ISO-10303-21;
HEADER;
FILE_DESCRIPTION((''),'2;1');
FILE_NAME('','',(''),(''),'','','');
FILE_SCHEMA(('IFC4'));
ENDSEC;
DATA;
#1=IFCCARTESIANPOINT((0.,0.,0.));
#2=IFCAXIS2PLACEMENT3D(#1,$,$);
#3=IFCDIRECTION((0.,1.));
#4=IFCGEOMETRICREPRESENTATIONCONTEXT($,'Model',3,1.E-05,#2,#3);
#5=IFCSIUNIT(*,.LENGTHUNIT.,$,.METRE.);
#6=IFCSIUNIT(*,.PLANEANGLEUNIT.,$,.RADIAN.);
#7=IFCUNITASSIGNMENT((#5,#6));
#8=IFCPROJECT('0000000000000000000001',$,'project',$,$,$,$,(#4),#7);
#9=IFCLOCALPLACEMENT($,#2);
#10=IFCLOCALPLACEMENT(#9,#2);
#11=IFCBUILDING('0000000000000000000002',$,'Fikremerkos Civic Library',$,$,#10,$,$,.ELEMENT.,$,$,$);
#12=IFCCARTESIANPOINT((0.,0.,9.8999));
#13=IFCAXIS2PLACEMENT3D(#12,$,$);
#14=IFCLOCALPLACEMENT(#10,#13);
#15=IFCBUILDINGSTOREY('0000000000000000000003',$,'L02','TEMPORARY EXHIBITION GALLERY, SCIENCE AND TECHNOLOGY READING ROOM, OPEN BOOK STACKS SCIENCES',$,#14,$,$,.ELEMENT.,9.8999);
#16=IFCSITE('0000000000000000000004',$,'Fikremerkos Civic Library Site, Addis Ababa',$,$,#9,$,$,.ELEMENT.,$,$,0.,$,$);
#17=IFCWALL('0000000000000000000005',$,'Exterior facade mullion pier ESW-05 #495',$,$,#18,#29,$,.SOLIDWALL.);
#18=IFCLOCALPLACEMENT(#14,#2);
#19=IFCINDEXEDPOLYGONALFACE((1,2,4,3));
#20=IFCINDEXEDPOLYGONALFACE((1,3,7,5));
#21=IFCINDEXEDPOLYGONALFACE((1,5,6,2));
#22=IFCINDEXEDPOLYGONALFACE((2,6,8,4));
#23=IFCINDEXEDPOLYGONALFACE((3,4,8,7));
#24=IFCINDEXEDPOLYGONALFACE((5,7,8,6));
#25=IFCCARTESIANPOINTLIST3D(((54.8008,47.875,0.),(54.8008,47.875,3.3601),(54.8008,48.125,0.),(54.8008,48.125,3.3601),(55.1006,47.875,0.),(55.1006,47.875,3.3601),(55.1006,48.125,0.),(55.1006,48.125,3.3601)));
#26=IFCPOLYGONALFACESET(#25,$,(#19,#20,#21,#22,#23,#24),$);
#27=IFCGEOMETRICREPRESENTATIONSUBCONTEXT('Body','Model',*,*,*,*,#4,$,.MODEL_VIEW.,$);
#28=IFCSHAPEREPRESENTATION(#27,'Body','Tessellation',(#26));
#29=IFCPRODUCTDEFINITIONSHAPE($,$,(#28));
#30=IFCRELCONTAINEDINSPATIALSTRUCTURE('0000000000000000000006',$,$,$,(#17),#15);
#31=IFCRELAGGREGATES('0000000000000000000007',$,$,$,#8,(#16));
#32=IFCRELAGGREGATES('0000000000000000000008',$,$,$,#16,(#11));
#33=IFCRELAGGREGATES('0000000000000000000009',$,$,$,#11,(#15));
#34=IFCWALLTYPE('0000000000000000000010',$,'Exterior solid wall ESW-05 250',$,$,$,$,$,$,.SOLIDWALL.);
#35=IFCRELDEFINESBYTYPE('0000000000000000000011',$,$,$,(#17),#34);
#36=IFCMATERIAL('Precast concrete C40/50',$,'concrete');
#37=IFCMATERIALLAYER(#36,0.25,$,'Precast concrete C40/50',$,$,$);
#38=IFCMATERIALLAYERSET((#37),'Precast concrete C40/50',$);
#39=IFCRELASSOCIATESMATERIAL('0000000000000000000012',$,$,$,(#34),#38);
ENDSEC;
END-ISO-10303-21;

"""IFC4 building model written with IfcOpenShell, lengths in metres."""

from ifc_helpers import new_model, si_unit, direction, frame, frame_2d, origin, place, context, subcontext, project, spatial, rectangle, extrude, material, layer, layer_set, type_object, element, save


model = new_model("IFC4")

# Units and contexts
model_context = context("Model", 3, precision=1e-05, world=origin(), true_north=direction((0.0, 1.0)))
body_context = subcontext(model_context, "Body", "Model", "MODEL_VIEW")
ifc_project = project(units=[si_unit("LENGTHUNIT", "METRE"), si_unit("PLANEANGLEUNIT", "RADIAN")], contexts=[model_context])

# Site, building, storey
site_placement = place(None, origin())
site = spatial("IfcSite", under=ifc_project, at=site_placement, Name="Fikremerkos Civic Library Site, Addis Ababa", CompositionType="ELEMENT", RefElevation=0.0)
building_placement = place(site_placement, origin())
building = spatial("IfcBuilding", under=site, at=building_placement, Name="Fikremerkos Civic Library", CompositionType="ELEMENT")
storey_placement = place(building_placement, frame((0.0, 0.0, 9.8999)))
storey = spatial("IfcBuildingStorey", under=building, at=storey_placement, Name="L02", Description="TEMPORARY EXHIBITION GALLERY, SCIENCE AND TECHNOLOGY READING ROOM, OPEN BOOK STACKS SCIENCES", CompositionType="ELEMENT", Elevation=9.8999)

# Wall
ifc_material_1 = material(Name="Precast concrete C40/50", Category="concrete")
ifc_layer_1 = layer(ifc_material_1, 0.25, Name="Precast concrete C40/50")
ifc_layer_set_1 = layer_set([ifc_layer_1], Name="Precast concrete C40/50")
wall_type = type_object("IfcWallType", Name="Exterior solid wall ESW-05 250", PredefinedType="SOLIDWALL", material=ifc_layer_set_1)
wall_placement = place(storey_placement, frame((54.8008, 48.0, 0.0), z_axis=(0.0, 0.0, 1.0), x_axis=(1.0, 0.0, 0.0)))
element("IfcWall", 1, at=wall_placement, inside=storey, type_object=wall_type, Name="Exterior facade mullion pier ESW-05 #495", PredefinedType="SOLIDWALL", context=body_context, shape_type="SweptSolid", body=[
    extrude(rectangle(XDim=0.2998, YDim=0.25, at=frame_2d((0.1499, 0.0))), origin(), (0.0, 0.0, 1.0), 3.3601),
])

save(model, "model.ifc")
